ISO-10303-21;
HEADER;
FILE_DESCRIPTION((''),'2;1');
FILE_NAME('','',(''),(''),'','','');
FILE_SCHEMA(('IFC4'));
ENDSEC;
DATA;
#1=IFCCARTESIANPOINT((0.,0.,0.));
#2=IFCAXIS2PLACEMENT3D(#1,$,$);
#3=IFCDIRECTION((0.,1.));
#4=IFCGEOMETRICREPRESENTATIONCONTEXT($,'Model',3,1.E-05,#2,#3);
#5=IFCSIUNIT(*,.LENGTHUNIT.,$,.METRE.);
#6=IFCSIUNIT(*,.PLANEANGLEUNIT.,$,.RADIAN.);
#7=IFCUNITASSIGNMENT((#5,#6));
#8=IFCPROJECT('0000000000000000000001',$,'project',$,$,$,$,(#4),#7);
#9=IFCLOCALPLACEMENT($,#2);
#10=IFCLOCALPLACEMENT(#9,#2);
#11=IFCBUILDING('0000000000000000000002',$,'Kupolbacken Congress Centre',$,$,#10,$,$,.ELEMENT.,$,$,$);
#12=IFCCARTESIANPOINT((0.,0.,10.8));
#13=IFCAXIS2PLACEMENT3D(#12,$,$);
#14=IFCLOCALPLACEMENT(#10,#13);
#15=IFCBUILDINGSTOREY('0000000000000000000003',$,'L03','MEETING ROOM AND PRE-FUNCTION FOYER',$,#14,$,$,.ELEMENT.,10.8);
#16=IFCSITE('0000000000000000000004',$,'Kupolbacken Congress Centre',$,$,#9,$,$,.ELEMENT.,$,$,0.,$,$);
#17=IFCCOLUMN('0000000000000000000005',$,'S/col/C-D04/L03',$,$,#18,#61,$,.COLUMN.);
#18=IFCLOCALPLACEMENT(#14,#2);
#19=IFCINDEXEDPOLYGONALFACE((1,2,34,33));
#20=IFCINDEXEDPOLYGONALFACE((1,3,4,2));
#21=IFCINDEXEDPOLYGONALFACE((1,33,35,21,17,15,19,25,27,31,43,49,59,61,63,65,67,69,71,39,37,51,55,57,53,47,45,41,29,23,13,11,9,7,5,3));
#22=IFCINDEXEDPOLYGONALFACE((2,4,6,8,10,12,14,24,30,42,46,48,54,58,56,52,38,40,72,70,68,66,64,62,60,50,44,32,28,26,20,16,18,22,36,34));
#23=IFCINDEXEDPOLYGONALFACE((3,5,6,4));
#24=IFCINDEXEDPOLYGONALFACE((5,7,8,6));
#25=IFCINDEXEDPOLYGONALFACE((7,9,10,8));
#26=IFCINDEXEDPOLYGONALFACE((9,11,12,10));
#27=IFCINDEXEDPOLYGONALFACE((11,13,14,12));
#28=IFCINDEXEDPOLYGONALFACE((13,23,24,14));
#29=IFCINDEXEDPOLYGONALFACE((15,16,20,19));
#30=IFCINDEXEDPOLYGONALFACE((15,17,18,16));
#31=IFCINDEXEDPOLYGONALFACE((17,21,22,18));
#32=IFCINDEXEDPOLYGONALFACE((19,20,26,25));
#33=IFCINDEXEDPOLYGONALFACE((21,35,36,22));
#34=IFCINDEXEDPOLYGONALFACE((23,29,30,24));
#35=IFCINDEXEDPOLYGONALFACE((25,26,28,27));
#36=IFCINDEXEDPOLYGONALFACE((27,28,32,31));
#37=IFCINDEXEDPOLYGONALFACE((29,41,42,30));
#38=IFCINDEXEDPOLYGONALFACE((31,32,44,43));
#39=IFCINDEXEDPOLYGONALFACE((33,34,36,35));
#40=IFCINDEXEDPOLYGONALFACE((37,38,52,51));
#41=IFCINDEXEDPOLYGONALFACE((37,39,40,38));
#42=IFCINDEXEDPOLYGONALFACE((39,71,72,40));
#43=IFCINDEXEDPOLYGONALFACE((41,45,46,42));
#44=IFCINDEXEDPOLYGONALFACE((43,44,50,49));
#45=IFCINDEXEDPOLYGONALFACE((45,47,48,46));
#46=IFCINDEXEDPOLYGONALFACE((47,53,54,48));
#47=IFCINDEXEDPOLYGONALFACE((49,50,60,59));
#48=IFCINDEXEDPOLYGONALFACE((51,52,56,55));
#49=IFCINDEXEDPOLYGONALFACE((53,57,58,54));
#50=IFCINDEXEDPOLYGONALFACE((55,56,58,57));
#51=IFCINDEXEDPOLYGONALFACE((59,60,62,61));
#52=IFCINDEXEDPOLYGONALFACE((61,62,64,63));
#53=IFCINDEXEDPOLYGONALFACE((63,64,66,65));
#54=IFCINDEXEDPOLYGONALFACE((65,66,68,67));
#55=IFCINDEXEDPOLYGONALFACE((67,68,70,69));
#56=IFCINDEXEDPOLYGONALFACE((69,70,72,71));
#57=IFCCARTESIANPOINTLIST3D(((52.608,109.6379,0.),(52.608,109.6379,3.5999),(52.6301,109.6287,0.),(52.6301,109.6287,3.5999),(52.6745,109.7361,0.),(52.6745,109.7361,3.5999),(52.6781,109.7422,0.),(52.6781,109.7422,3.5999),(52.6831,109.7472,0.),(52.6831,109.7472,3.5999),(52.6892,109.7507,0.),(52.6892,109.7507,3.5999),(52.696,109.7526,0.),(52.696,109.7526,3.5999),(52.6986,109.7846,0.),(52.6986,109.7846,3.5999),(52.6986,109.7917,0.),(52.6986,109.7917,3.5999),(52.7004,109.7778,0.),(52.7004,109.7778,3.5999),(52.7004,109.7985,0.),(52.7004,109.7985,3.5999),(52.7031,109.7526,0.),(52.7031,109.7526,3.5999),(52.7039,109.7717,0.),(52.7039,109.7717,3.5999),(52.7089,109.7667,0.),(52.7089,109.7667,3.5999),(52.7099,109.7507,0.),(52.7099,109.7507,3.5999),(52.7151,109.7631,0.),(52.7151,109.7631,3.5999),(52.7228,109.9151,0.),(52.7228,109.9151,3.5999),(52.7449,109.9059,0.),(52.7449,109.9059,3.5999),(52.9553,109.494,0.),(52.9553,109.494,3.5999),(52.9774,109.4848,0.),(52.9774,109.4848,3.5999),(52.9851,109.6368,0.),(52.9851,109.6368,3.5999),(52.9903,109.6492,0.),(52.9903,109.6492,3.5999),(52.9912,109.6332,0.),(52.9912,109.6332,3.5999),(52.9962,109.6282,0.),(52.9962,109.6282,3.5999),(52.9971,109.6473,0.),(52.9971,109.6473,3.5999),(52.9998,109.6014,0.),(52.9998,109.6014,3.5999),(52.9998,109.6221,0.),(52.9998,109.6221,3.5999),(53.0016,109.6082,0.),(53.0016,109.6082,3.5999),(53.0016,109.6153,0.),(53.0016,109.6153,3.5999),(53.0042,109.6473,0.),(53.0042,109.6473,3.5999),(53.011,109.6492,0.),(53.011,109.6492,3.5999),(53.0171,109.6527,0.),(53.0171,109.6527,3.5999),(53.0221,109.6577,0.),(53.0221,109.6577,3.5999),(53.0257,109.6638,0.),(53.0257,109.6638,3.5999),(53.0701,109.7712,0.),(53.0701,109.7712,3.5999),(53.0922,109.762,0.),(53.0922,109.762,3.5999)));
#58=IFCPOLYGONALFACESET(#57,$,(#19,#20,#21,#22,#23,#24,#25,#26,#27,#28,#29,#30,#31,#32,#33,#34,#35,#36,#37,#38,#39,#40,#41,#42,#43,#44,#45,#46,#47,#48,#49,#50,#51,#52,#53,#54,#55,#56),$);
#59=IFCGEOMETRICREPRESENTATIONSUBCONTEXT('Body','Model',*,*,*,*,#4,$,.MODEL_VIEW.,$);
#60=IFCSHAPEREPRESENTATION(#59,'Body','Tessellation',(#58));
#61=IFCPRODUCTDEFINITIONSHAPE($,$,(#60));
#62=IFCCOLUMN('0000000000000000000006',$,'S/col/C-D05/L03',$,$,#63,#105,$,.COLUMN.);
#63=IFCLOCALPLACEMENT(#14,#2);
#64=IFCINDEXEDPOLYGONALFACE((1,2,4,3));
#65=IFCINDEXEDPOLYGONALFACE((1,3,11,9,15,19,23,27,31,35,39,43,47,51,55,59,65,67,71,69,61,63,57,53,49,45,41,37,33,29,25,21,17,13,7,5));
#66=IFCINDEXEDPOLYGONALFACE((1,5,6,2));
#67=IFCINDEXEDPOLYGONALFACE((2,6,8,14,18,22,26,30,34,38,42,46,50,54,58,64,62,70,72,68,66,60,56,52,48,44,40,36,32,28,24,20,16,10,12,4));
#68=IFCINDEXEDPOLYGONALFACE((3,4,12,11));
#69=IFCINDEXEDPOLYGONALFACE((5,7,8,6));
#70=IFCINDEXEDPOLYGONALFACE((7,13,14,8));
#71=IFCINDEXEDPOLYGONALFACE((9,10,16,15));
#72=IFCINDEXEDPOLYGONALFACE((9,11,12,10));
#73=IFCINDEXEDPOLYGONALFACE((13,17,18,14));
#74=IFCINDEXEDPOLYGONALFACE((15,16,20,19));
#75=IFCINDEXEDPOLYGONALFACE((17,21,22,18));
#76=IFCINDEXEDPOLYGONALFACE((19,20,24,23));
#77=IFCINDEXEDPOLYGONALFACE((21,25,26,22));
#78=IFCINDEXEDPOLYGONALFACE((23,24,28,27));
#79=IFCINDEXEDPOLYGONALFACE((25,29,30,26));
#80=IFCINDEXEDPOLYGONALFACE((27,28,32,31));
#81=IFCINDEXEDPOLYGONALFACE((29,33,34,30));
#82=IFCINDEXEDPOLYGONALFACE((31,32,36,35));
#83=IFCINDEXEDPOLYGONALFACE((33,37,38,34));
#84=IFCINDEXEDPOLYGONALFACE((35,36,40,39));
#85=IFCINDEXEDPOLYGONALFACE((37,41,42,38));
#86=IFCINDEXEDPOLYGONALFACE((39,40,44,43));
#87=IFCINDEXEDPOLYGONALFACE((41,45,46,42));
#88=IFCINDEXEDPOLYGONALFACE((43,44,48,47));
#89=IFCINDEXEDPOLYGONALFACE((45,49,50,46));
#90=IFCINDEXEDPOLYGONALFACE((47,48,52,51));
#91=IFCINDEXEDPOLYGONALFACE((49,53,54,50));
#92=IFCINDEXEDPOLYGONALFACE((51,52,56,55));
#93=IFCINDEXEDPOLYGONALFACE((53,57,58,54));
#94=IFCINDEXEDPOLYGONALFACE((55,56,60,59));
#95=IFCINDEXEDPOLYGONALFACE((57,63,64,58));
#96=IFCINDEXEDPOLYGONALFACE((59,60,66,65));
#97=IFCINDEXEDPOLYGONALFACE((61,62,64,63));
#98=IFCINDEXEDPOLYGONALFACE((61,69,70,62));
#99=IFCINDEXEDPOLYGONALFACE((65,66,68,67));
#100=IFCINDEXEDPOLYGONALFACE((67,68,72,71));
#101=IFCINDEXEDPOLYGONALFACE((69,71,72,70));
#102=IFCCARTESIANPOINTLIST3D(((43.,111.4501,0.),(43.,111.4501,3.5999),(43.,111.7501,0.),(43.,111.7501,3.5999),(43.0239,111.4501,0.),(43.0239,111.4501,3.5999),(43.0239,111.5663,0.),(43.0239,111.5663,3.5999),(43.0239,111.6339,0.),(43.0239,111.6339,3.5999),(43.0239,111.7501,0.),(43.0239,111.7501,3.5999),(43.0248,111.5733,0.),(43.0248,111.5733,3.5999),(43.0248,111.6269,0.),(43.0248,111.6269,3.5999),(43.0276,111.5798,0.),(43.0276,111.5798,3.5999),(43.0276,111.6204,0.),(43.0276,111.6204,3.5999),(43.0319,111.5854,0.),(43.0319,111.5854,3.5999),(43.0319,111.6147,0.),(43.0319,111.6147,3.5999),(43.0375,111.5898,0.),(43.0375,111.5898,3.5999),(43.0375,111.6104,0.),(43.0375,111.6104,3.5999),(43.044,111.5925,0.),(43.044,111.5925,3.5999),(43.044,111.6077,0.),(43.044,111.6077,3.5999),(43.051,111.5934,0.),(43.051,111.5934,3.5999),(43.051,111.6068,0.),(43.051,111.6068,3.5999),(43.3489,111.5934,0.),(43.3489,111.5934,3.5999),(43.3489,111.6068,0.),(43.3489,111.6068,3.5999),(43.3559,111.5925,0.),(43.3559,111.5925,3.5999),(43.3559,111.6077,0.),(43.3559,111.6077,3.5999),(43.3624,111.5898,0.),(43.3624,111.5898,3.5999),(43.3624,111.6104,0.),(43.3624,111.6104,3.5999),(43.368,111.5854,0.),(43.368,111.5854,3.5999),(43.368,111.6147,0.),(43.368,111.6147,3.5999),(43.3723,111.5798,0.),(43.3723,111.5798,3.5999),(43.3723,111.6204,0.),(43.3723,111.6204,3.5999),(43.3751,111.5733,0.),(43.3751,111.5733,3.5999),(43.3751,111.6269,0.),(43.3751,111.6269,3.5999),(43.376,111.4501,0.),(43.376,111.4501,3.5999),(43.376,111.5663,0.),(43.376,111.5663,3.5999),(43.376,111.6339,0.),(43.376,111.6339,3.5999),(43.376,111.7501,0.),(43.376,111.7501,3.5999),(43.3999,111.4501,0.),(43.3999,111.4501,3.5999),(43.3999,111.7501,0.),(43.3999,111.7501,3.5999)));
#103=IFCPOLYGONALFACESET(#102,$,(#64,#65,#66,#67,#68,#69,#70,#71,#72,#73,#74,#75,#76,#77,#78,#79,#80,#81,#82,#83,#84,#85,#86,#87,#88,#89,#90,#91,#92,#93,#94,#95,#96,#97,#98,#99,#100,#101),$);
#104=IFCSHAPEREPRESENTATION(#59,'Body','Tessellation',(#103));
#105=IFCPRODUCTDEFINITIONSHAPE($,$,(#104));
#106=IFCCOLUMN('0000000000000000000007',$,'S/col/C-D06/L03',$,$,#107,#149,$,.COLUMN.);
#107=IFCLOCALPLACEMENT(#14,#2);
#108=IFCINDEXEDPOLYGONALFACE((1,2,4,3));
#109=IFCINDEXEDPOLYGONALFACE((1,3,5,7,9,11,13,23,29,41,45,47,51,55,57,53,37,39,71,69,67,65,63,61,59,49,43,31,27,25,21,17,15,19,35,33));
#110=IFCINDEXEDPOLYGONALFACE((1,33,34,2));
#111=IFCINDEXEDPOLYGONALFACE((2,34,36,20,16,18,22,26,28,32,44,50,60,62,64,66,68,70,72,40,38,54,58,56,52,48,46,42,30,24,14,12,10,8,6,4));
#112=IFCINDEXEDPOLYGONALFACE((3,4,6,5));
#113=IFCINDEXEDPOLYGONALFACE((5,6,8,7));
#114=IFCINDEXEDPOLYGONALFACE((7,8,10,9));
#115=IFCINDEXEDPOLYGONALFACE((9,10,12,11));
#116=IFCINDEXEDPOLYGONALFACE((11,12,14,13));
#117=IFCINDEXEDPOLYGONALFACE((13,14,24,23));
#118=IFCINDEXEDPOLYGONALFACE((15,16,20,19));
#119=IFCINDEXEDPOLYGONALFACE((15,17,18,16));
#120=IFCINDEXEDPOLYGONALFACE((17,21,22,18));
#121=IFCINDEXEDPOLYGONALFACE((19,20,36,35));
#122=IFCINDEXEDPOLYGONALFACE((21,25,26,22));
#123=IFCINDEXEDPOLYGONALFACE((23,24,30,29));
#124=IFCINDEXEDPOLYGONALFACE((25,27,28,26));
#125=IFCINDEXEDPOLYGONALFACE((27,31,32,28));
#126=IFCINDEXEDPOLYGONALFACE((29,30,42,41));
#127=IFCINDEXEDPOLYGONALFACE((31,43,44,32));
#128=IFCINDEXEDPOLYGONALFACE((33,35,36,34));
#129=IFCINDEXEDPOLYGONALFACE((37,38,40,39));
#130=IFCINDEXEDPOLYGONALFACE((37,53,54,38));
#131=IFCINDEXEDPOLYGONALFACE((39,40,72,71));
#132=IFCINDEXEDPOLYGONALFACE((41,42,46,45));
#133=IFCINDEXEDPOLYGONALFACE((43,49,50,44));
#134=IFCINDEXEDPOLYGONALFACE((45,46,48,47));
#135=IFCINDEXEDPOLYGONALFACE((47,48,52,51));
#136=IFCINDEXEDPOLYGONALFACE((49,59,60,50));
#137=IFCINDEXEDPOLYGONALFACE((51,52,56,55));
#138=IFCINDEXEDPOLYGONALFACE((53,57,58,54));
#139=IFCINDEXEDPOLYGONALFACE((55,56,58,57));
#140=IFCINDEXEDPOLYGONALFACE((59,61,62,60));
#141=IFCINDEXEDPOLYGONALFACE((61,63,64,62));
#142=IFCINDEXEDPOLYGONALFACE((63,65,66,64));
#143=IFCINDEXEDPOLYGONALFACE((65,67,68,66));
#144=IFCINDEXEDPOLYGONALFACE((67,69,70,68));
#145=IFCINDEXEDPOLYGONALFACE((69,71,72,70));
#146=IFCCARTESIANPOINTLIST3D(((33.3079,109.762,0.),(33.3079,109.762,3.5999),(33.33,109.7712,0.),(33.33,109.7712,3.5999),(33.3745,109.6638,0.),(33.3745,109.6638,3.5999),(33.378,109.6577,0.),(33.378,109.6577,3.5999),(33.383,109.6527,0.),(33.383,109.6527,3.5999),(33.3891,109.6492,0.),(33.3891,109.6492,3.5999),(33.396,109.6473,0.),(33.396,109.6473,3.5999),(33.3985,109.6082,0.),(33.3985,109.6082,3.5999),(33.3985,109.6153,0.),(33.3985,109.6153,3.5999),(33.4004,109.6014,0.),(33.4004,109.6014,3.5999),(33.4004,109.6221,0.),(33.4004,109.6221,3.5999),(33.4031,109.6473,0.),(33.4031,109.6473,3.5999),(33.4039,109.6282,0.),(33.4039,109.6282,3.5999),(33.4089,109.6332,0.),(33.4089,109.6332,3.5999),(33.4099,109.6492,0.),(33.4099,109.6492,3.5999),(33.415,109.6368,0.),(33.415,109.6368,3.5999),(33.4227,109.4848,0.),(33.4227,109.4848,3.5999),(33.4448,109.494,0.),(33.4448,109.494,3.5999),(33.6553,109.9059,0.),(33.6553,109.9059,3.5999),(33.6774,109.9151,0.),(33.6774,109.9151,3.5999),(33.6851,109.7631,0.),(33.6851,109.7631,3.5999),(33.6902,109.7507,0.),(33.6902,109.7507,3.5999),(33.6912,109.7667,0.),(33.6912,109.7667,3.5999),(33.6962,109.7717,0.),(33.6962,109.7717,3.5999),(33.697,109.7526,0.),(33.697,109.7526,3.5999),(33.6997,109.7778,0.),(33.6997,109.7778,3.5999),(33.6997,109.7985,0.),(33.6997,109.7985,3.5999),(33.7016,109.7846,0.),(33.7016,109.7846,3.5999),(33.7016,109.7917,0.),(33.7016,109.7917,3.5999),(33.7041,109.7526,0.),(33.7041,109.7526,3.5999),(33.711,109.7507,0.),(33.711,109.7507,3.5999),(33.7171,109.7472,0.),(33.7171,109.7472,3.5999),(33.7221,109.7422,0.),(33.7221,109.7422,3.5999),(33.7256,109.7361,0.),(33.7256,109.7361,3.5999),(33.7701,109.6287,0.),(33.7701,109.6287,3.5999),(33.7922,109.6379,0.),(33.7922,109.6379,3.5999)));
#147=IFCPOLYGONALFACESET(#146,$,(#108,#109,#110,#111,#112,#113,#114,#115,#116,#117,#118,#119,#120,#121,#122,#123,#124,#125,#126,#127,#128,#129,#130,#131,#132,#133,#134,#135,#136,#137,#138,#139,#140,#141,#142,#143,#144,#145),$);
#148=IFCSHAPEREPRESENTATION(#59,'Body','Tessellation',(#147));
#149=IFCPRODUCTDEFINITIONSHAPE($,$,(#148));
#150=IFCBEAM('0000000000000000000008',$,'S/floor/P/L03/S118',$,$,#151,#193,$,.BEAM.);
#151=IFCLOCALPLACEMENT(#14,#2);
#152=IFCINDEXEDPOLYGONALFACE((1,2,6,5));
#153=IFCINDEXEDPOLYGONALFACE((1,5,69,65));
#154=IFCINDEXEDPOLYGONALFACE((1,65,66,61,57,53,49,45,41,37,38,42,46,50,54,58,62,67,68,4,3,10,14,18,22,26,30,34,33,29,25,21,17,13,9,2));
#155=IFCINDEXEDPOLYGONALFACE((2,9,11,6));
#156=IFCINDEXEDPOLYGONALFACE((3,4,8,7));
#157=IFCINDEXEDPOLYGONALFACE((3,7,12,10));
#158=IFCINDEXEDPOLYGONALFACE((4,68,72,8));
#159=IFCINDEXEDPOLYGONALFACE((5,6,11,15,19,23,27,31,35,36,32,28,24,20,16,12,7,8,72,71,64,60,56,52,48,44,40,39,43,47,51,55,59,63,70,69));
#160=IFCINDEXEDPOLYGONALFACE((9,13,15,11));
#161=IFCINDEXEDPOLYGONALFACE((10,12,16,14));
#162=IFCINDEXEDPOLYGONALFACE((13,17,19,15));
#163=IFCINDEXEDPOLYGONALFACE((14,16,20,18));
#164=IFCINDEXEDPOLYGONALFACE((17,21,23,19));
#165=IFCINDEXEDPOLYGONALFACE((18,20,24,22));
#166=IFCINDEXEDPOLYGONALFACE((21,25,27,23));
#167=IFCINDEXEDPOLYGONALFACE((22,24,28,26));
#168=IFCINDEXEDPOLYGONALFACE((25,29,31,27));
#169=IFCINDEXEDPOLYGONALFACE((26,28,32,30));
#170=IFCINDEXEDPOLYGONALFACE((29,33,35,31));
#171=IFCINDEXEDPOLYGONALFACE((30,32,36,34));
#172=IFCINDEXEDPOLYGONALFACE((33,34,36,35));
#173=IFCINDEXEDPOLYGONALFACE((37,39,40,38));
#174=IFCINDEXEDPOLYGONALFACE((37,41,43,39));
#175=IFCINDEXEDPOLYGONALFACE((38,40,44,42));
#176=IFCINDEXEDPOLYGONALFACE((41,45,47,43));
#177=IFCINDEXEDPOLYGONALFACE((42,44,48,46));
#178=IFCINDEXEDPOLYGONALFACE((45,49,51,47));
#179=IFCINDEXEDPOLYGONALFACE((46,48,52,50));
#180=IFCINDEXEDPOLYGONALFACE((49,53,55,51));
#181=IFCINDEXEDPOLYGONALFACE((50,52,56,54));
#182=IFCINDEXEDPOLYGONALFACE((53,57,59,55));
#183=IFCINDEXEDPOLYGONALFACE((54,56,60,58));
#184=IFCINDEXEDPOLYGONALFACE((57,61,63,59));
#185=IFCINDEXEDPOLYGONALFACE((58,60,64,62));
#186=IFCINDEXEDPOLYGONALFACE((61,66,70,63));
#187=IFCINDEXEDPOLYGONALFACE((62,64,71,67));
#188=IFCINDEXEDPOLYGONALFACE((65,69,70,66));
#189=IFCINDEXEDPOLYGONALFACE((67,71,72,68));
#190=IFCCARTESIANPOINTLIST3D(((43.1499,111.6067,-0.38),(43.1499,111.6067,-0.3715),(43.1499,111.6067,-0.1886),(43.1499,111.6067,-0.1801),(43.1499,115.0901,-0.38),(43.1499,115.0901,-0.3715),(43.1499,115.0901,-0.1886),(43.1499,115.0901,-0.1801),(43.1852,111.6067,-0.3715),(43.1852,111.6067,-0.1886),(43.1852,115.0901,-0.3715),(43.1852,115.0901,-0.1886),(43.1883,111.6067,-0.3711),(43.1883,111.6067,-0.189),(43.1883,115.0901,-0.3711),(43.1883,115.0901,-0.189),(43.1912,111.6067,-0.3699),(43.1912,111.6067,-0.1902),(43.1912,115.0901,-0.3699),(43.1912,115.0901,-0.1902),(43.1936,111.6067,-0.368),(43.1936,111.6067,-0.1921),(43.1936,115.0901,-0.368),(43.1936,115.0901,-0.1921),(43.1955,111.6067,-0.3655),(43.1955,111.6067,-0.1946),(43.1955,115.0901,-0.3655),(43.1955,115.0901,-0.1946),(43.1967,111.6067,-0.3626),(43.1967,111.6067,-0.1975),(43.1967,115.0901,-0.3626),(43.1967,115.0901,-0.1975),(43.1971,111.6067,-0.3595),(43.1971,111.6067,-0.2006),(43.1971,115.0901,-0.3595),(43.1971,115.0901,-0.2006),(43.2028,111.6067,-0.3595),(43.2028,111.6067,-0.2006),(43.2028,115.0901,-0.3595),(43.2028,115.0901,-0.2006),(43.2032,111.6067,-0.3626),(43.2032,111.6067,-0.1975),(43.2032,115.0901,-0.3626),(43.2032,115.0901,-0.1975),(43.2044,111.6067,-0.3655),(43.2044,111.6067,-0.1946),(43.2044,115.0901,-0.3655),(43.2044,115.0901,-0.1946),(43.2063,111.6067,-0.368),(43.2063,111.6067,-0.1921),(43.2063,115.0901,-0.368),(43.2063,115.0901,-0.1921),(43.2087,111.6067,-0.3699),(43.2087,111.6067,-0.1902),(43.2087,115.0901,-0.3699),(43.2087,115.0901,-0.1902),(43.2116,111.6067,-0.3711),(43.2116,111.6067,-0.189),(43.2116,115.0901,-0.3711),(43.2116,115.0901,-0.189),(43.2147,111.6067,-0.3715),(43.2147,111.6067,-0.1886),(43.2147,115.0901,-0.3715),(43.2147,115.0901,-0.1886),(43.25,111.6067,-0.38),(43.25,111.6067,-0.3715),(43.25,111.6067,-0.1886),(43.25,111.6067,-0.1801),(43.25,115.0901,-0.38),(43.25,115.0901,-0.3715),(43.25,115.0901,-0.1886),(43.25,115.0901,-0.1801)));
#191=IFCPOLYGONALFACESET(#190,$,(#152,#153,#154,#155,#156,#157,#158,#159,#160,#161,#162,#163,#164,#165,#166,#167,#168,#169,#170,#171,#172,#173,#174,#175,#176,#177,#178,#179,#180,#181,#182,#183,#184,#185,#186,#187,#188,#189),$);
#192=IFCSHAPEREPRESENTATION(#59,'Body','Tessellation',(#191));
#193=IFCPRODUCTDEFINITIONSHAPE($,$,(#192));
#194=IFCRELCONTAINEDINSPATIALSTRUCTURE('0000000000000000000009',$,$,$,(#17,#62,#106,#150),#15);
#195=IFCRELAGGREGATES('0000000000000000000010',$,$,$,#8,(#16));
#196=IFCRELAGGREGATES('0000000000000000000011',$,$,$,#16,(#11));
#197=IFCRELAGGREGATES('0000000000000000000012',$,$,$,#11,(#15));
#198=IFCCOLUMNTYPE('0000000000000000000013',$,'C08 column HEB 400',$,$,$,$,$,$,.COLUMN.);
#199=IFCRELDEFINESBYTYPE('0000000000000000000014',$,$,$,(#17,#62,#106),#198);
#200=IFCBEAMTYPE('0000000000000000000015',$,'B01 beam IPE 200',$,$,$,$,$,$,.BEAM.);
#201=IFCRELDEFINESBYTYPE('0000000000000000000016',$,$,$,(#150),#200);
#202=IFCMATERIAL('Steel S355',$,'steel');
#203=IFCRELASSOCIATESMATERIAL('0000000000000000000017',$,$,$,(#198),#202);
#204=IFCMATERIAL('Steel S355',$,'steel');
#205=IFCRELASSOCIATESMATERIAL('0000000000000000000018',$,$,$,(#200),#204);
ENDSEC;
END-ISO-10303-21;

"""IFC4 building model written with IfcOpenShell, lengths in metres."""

from ifc_helpers import new_model, si_unit, direction, frame, origin, origin_2d, place, context, subcontext, project, spatial, i_section, extrude, material, material_profile, profile_set, type_object, element, save


model = new_model("IFC4")

# Units and contexts
model_context = context("Model", 3, precision=1e-05, world=origin(), true_north=direction((0.0, 1.0)))
body_context = subcontext(model_context, "Body", "Model", "MODEL_VIEW")
ifc_project = project(units=[si_unit("LENGTHUNIT", "METRE"), si_unit("PLANEANGLEUNIT", "RADIAN")], contexts=[model_context])

# Site, building, storey
site_placement = place(None, origin())
site = spatial("IfcSite", under=ifc_project, at=site_placement, Name="Kupolbacken Congress Centre", CompositionType="ELEMENT", RefElevation=0.0)
building_placement = place(site_placement, origin())
building = spatial("IfcBuilding", under=site, at=building_placement, Name="Kupolbacken Congress Centre", CompositionType="ELEMENT")
storey_placement = place(building_placement, frame((0.0, 0.0, 10.8)))
storey = spatial("IfcBuildingStorey", under=building, at=storey_placement, Name="L03", Description="MEETING ROOM AND PRE-FUNCTION FOYER", CompositionType="ELEMENT", Elevation=10.8)

# Columns
ifc_material_1 = material(Name="Steel S355", Category="steel")
ifc_material_profile_1 = material_profile(ifc_material_1, i_section(OverallWidth=0.3, OverallDepth=0.3999, WebThickness=0.0134, FlangeThickness=0.0239, FilletRadius=0.0271, at=origin_2d()), Name="HEB 400")
ifc_profile_set_1 = profile_set([ifc_material_profile_1], Name="Steel S355")
column_type = type_object("IfcColumnType", Name="C08 column HEB 400", PredefinedType="COLUMN", material=ifc_profile_set_1)
for number, where, z_axis, x_axis, name in (
    (1, (52.8501, 109.7, 0.0), (0.0, 0.0, 1.0), (0.382644, 0.923896, 0.0), "S/col/C-D04/L03"),
    (2, (43.2, 111.6001, 0.0), (0.0, 0.0, 1.0), (0.0, 1.0, 0.0), "S/col/C-D05/L03"),
    (3, (33.55, 109.7, 0.0), (0.0, 0.0, 1.0), (-0.382644, 0.923896, 0.0), "S/col/C-D06/L03"),
):
    element("IfcColumn", number, at=place(storey_placement, frame(where, z_axis=z_axis, x_axis=x_axis)), inside=storey, type_object=column_type, Name=name, PredefinedType="COLUMN", context=body_context, shape_type="SweptSolid", body=[
        extrude(i_section(OverallWidth=0.3, OverallDepth=0.3999, WebThickness=0.0134, FlangeThickness=0.0239, FilletRadius=0.0271, at=origin_2d()), origin(), (0.0, 0.0, 1.0), 3.5999),
    ])

# Beam
ifc_material_2 = material(Name="Steel S355", Category="steel")
ifc_material_profile_2 = material_profile(ifc_material_2, i_section(OverallWidth=0.1001, OverallDepth=0.2, WebThickness=0.0056, FlangeThickness=0.0085, FilletRadius=0.012, at=origin_2d()), Name="IPE 200")
ifc_profile_set_2 = profile_set([ifc_material_profile_2], Name="Steel S355")
beam_type_1 = type_object("IfcBeamType", Name="B01 beam IPE 200", PredefinedType="BEAM", material=ifc_profile_set_2)
beam_1_placement = place(storey_placement, frame((43.2, 111.6067, -0.28), z_axis=(0.0, 1.0, 0.0), x_axis=(-1.0, 0.0, 0.0)))
element("IfcBeam", 4, at=beam_1_placement, inside=storey, type_object=beam_type_1, Name="S/floor/P/L03/S118", PredefinedType="BEAM", context=body_context, shape_type="SweptSolid", body=[
    extrude(i_section(OverallWidth=0.1001, OverallDepth=0.2, WebThickness=0.0056, FlangeThickness=0.0085, FilletRadius=0.012, at=origin_2d()), origin(), (0.0, 0.0, 1.0), 3.4834),
])

save(model, "model.ifc")
